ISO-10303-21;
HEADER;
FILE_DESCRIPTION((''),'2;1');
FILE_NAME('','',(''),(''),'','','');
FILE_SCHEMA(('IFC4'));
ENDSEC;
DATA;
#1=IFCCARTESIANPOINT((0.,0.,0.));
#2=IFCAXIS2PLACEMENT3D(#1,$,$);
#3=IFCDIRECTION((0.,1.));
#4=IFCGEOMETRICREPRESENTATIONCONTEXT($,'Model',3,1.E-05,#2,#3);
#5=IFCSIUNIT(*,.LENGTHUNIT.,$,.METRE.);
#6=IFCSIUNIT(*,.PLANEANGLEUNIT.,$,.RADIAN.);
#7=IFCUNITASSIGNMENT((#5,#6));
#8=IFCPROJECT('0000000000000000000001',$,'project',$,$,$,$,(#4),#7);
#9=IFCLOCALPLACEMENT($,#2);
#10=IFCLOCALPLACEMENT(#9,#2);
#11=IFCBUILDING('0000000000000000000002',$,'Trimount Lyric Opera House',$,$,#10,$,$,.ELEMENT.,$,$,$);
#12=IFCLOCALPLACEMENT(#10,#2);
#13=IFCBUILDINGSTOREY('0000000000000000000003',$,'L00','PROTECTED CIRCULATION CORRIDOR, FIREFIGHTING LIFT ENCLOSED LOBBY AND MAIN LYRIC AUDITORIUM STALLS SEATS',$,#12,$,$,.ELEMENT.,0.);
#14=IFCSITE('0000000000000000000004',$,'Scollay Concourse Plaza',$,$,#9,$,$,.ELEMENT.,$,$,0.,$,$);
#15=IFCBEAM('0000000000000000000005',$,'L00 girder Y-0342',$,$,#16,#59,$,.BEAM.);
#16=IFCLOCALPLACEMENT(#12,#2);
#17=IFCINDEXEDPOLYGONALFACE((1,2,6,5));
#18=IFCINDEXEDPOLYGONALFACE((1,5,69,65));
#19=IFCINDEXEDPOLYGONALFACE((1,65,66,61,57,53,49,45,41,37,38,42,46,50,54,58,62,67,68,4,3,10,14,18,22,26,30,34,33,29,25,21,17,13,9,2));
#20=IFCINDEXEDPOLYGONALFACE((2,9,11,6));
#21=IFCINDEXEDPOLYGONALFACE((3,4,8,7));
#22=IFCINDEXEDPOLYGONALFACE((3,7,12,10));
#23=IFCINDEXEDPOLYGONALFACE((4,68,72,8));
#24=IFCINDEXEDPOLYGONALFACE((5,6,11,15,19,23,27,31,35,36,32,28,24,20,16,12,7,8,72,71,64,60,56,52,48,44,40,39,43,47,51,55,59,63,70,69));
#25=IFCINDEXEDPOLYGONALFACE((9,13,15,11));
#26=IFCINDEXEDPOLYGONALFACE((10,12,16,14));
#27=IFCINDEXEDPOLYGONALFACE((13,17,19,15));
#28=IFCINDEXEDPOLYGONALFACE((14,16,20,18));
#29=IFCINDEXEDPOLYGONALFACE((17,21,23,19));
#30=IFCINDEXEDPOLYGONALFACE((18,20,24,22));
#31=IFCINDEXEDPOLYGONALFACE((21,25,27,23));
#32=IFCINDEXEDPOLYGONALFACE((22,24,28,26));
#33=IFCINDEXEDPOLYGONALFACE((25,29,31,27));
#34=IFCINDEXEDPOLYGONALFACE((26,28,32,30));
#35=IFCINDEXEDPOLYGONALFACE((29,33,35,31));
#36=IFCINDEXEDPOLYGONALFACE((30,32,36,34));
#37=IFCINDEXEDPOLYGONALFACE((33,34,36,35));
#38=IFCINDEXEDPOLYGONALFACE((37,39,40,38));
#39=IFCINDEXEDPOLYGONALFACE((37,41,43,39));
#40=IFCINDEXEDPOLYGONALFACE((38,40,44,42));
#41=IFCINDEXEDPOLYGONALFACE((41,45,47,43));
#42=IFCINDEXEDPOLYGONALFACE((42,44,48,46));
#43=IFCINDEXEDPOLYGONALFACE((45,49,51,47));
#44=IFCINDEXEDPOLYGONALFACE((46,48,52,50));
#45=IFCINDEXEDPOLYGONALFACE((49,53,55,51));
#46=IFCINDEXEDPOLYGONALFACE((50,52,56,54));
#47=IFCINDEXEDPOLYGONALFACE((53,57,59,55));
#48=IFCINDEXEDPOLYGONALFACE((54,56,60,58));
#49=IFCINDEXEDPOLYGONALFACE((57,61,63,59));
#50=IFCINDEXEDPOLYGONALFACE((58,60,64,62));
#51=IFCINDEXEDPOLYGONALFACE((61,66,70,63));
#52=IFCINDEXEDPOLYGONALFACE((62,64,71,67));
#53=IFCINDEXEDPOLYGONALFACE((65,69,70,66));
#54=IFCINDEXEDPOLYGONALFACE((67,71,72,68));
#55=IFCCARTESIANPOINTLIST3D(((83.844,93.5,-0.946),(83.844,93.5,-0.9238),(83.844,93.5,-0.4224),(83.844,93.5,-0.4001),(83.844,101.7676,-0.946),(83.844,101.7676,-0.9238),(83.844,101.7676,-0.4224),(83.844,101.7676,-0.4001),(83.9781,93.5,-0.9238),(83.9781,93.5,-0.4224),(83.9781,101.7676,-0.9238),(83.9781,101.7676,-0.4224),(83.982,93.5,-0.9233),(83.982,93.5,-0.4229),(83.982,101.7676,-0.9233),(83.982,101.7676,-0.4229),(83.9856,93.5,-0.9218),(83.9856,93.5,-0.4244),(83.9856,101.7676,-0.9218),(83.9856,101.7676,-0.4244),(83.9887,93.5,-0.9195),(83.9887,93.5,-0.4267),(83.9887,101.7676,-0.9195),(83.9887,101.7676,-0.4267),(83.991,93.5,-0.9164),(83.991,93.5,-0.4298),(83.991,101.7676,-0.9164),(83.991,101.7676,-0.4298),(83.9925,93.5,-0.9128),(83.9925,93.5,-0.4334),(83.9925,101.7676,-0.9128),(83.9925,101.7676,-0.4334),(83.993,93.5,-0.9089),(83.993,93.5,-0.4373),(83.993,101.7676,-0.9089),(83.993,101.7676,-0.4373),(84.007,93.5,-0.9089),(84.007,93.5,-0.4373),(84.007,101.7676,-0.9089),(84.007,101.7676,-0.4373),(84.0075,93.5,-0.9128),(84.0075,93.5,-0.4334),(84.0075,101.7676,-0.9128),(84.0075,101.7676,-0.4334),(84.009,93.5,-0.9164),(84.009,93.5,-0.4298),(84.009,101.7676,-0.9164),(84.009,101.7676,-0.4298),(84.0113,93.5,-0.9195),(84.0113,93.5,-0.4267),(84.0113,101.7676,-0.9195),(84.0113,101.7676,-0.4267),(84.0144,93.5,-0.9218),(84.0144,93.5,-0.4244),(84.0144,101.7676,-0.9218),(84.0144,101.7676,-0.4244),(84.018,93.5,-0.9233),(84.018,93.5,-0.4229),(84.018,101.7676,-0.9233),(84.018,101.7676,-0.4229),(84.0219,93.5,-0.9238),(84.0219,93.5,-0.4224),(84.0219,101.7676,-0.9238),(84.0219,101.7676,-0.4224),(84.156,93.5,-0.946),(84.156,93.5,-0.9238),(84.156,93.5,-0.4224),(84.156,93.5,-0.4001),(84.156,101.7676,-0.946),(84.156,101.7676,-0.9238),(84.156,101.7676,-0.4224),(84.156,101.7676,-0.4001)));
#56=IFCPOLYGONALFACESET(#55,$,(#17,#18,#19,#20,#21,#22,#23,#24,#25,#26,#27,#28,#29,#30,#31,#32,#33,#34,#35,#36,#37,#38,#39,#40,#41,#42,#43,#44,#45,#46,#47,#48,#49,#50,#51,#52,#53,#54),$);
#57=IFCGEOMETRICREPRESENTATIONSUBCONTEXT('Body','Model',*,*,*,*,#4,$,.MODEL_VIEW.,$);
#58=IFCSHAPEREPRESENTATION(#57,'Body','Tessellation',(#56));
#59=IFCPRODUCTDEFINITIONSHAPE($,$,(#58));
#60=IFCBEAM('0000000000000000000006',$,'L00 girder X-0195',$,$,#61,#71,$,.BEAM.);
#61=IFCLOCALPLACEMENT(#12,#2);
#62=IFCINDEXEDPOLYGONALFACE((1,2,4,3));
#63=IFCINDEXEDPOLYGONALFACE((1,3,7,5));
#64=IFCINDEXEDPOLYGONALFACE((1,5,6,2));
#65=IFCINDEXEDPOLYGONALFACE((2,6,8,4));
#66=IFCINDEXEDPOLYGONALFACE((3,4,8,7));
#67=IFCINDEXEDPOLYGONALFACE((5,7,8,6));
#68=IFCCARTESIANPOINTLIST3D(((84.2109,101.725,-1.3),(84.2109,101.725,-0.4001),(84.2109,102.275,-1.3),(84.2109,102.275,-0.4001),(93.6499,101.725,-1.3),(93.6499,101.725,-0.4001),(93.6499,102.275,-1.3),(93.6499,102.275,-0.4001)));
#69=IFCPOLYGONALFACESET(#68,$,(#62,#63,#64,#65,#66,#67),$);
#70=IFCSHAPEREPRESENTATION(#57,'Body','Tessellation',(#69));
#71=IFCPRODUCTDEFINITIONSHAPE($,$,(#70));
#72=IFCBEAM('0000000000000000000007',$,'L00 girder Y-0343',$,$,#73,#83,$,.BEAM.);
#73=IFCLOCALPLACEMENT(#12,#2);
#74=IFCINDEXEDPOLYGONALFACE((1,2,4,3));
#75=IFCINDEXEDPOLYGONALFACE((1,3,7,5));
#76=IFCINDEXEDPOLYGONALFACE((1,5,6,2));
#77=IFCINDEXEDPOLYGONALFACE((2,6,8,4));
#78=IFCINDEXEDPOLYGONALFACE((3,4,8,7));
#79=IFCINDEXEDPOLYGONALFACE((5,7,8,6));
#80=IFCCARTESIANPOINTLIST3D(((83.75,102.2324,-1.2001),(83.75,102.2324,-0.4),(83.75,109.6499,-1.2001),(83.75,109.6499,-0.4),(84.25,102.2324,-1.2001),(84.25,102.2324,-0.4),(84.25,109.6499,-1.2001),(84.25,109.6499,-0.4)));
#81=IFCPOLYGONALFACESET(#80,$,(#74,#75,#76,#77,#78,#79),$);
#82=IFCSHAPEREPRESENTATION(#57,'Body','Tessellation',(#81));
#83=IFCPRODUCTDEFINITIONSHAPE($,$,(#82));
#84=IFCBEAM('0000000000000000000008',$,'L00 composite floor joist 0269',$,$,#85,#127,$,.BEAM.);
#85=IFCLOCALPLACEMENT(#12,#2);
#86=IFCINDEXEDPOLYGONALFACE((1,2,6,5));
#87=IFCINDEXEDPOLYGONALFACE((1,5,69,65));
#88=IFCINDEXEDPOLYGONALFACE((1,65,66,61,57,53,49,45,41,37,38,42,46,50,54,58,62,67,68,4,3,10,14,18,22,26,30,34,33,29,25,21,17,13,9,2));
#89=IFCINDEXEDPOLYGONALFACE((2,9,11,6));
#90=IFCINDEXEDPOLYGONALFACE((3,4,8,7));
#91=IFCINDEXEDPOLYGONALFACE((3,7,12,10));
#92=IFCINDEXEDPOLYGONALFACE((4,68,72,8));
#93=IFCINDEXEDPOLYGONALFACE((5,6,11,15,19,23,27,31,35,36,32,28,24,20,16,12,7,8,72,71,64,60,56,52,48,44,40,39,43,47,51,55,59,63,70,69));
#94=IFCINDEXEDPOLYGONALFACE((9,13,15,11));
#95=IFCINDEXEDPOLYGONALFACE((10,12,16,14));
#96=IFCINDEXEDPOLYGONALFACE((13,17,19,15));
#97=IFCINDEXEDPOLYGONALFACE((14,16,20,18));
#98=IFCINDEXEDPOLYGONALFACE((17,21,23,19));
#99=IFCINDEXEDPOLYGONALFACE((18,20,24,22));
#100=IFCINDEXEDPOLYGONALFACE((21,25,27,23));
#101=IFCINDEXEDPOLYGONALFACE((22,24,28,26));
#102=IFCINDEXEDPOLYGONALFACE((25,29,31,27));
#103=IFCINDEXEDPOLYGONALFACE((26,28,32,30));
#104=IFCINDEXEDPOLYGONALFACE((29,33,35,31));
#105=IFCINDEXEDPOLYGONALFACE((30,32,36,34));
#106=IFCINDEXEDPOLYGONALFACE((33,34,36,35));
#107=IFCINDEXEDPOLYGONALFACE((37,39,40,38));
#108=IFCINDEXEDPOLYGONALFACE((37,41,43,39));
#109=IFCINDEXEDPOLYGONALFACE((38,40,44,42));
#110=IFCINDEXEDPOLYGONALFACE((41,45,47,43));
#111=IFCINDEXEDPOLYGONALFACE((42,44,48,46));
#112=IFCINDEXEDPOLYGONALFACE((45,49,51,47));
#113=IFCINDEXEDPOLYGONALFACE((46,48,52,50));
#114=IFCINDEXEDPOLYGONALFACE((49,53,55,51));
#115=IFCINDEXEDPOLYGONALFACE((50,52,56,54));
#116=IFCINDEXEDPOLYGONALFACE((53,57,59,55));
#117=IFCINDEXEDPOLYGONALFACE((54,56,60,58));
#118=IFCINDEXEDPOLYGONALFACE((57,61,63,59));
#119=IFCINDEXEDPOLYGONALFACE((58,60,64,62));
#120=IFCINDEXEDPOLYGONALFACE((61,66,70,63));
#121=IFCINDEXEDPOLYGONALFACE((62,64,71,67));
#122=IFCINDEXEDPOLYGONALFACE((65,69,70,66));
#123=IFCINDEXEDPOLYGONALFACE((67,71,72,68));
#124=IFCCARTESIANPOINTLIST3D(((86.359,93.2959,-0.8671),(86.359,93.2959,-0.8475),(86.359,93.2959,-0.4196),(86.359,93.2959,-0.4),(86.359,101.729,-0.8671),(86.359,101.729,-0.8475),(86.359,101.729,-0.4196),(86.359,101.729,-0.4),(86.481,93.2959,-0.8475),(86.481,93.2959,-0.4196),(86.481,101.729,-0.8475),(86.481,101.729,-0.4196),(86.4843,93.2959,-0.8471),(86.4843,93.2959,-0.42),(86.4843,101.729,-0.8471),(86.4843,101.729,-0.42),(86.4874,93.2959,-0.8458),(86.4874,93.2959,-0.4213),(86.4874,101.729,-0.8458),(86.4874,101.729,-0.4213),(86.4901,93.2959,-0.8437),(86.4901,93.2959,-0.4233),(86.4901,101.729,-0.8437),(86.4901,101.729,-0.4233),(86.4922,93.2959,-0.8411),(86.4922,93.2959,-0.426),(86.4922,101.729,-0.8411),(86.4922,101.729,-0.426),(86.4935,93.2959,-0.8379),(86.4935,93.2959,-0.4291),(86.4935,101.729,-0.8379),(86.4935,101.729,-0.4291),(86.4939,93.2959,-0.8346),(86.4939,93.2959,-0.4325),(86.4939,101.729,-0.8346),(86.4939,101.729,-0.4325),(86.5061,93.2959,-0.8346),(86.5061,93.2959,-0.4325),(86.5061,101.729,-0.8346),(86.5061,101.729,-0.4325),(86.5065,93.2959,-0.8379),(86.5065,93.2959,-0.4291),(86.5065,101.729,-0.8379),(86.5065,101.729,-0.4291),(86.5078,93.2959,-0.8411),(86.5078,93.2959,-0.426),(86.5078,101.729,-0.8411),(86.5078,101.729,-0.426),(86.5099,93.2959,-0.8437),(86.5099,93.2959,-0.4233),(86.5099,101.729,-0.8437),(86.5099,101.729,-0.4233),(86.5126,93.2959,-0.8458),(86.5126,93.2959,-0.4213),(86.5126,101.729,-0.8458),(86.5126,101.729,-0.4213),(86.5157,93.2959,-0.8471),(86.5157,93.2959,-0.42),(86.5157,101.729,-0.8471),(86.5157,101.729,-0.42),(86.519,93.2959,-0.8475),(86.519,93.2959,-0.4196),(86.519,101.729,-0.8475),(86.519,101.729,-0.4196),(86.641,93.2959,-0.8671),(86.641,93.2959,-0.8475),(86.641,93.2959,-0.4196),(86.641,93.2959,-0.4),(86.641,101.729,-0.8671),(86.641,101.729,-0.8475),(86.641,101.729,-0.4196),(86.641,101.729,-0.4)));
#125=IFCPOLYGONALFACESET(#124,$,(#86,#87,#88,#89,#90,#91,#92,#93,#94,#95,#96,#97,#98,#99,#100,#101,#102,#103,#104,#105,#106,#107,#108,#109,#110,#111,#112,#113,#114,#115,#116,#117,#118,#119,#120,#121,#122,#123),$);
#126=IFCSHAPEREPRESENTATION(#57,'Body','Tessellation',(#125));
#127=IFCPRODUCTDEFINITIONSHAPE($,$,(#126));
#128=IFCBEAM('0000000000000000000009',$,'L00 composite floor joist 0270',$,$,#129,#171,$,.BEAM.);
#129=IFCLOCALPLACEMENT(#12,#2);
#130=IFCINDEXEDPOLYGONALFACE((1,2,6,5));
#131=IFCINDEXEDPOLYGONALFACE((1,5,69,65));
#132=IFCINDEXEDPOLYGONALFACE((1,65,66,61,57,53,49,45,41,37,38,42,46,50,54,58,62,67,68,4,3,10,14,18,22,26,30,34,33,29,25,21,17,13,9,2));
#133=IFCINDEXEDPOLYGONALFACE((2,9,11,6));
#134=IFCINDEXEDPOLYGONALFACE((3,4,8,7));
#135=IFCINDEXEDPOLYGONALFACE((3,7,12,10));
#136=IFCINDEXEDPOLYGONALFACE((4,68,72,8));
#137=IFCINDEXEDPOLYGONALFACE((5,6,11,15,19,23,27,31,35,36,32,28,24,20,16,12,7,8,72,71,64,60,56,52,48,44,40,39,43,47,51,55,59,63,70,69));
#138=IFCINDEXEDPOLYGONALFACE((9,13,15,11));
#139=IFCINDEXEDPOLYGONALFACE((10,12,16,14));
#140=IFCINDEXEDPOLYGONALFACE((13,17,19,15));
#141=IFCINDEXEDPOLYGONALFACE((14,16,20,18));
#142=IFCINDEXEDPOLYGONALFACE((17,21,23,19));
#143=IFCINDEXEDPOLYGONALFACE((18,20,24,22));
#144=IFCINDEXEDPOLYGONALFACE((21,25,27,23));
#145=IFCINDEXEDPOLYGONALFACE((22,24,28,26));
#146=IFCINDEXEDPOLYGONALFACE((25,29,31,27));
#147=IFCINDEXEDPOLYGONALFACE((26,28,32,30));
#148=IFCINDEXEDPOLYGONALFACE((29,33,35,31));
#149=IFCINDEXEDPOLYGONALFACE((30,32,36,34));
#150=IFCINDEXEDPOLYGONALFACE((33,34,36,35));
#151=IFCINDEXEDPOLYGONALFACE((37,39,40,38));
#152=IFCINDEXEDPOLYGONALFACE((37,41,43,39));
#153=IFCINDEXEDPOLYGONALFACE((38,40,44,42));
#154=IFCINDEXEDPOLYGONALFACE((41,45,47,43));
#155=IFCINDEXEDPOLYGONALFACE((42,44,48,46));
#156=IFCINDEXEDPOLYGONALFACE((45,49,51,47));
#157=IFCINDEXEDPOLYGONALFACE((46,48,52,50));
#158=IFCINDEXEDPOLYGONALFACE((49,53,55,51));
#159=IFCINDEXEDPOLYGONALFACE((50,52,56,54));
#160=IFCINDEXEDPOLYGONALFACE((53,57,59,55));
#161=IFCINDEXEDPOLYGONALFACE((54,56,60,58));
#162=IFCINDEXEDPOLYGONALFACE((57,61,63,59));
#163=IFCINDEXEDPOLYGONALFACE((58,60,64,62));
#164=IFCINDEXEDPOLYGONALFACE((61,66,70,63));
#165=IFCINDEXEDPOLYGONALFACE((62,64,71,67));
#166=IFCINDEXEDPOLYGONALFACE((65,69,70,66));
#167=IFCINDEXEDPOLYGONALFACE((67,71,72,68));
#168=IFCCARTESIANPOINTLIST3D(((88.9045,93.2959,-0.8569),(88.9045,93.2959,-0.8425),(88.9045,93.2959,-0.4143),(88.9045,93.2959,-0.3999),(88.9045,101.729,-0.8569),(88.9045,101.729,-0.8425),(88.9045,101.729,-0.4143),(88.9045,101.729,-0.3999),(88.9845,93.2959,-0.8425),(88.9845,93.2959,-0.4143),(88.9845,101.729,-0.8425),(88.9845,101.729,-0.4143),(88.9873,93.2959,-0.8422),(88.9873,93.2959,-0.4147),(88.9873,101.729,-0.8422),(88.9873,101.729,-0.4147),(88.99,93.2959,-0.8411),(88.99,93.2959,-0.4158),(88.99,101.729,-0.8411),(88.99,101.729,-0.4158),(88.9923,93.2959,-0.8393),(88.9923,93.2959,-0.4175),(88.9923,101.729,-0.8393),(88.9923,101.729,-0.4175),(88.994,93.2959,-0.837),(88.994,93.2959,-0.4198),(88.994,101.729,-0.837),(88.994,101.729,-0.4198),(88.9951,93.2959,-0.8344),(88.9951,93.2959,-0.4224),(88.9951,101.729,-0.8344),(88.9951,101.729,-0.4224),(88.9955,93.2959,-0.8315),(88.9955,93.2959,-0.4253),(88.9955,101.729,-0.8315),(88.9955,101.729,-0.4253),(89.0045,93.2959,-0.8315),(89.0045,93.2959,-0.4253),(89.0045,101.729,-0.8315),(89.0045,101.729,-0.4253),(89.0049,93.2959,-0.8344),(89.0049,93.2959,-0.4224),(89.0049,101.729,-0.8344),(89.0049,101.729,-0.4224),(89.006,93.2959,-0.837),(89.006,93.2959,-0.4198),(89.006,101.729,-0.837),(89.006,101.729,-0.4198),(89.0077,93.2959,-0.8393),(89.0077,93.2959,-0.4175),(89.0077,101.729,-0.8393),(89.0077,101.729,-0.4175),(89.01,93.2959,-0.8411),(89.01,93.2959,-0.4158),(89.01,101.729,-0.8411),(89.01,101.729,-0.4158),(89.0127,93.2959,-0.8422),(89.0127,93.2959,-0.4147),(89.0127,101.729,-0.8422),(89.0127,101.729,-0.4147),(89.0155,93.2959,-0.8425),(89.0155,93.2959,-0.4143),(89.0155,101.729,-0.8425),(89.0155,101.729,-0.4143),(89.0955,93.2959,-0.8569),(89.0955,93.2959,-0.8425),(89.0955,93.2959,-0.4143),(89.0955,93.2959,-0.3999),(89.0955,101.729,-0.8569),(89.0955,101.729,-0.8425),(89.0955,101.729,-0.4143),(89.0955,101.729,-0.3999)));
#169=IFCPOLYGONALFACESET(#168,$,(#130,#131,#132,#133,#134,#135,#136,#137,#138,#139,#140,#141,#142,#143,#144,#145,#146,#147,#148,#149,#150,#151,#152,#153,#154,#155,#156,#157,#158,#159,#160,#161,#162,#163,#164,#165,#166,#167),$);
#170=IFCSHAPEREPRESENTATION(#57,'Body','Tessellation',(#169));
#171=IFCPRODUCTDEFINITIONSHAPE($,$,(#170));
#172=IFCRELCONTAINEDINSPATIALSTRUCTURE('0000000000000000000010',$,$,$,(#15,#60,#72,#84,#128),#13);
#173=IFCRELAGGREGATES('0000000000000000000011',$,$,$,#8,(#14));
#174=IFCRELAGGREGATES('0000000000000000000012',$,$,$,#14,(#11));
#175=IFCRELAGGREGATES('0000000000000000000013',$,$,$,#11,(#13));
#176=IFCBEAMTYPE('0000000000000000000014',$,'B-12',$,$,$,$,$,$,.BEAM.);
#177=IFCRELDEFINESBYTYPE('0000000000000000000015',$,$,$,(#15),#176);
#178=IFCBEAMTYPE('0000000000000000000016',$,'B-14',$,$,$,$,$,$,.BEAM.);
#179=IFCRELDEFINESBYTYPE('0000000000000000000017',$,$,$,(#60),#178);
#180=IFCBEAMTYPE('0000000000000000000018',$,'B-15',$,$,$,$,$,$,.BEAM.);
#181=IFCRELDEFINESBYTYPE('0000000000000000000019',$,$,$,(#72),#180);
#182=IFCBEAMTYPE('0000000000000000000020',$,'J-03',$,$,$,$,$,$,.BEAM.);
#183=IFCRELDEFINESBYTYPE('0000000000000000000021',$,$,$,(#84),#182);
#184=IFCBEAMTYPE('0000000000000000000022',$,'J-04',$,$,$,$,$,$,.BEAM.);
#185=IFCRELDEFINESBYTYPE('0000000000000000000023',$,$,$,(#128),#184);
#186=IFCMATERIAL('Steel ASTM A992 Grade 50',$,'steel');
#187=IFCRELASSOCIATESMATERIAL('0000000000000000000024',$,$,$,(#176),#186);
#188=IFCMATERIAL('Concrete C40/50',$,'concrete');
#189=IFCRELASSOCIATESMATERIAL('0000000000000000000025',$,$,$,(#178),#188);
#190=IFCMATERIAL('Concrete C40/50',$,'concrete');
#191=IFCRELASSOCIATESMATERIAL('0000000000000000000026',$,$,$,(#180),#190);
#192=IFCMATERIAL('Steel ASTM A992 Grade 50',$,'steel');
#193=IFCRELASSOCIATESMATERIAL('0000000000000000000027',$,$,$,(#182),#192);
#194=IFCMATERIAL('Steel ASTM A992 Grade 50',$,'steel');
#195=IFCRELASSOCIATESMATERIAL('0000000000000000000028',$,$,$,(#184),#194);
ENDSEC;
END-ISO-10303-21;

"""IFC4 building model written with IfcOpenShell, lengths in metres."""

from ifc_helpers import new_model, si_unit, direction, frame, origin, origin_2d, place, context, subcontext, project, spatial, rectangle, i_section, extrude, material, material_profile, profile_set, type_object, element, save


model = new_model("IFC4")

# Units and contexts
model_context = context("Model", 3, precision=1e-05, world=origin(), true_north=direction((0.0, 1.0)))
body_context = subcontext(model_context, "Body", "Model", "MODEL_VIEW")
ifc_project = project(units=[si_unit("LENGTHUNIT", "METRE"), si_unit("PLANEANGLEUNIT", "RADIAN")], contexts=[model_context])

# Site, building, storey
site_placement = place(None, origin())
site = spatial("IfcSite", under=ifc_project, at=site_placement, Name="Scollay Concourse Plaza", CompositionType="ELEMENT", RefElevation=0.0)
building_placement = place(site_placement, origin())
building = spatial("IfcBuilding", under=site, at=building_placement, Name="Trimount Lyric Opera House", CompositionType="ELEMENT")
storey_placement = place(building_placement, origin())
storey = spatial("IfcBuildingStorey", under=building, at=storey_placement, Name="L00", Description="PROTECTED CIRCULATION CORRIDOR, FIREFIGHTING LIFT ENCLOSED LOBBY AND MAIN LYRIC AUDITORIUM STALLS SEATS", CompositionType="ELEMENT", Elevation=0.0)

# Beams
ifc_material_1 = material(Name="Steel ASTM A992 Grade 50", Category="steel")
ifc_material_profile_1 = material_profile(ifc_material_1, i_section(OverallWidth=0.312, OverallDepth=0.5459, WebThickness=0.0139, FlangeThickness=0.0222, FilletRadius=0.0149, at=origin_2d()), Name="W21X111")
ifc_profile_set_1 = profile_set([ifc_material_profile_1], Name="Steel ASTM A992 Grade 50")
beam_type_1 = type_object("IfcBeamType", Name="B-12", PredefinedType="BEAM", material=ifc_profile_set_1)
beam_1_placement = place(storey_placement, frame((84.0, 93.5, -0.6731), z_axis=(0.0, 1.0, 0.0), x_axis=(-1.0, 0.0, 0.0)))
element("IfcBeam", 1, at=beam_1_placement, inside=storey, type_object=beam_type_1, Name="L00 girder Y-0342", PredefinedType="BEAM", context=body_context, shape_type="SweptSolid", body=[
    extrude(i_section(OverallWidth=0.312, OverallDepth=0.5459, WebThickness=0.0139, FlangeThickness=0.0222, FilletRadius=0.0149, at=origin_2d()), origin(), (0.0, 0.0, 1.0), 8.2676),
])
ifc_material_2 = material(Name="Concrete C40/50", Category="concrete")
ifc_material_profile_2 = material_profile(ifc_material_2, rectangle(XDim=0.55, YDim=0.8999, at=origin_2d()), Name="RC550X900")
ifc_profile_set_2 = profile_set([ifc_material_profile_2], Name="Concrete C40/50")
beam_type_2 = type_object("IfcBeamType", Name="B-14", PredefinedType="BEAM", material=ifc_profile_set_2)
beam_2_placement = place(storey_placement, frame((84.2109, 102.0, -0.8501), z_axis=(1.0, 0.0, 0.0), x_axis=(0.0, 1.0, 0.0)))
element("IfcBeam", 2, at=beam_2_placement, inside=storey, type_object=beam_type_2, Name="L00 girder X-0195", PredefinedType="BEAM", context=body_context, shape_type="SweptSolid", body=[
    extrude(rectangle(XDim=0.55, YDim=0.8999, at=origin_2d()), origin(), (0.0, 0.0, 1.0), 9.439),
])
ifc_material_3 = material(Name="Concrete C40/50", Category="concrete")
ifc_material_profile_3 = material_profile(ifc_material_3, rectangle(XDim=0.5, YDim=0.8, at=origin_2d()), Name="RC500X800")
ifc_profile_set_3 = profile_set([ifc_material_profile_3], Name="Concrete C40/50")
beam_type_3 = type_object("IfcBeamType", Name="B-15", PredefinedType="BEAM", material=ifc_profile_set_3)
beam_3_placement = place(storey_placement, frame((84.0, 102.2324, -0.8), z_axis=(0.0, 1.0, 0.0), x_axis=(-1.0, 0.0, 0.0)))
element("IfcBeam", 3, at=beam_3_placement, inside=storey, type_object=beam_type_3, Name="L00 girder Y-0343", PredefinedType="BEAM", context=body_context, shape_type="SweptSolid", body=[
    extrude(rectangle(XDim=0.5, YDim=0.8, at=origin_2d()), origin(), (0.0, 0.0, 1.0), 7.4175),
])
ifc_material_4 = material(Name="Steel ASTM A992 Grade 50", Category="steel")
ifc_material_profile_4 = material_profile(ifc_material_4, i_section(OverallWidth=0.282, OverallDepth=0.467, WebThickness=0.0122, FlangeThickness=0.0195, FilletRadius=0.0129, at=origin_2d()), Name="W18X86")
ifc_profile_set_4 = profile_set([ifc_material_profile_4], Name="Steel ASTM A992 Grade 50")
beam_type_4 = type_object("IfcBeamType", Name="J-03", PredefinedType="BEAM", material=ifc_profile_set_4)
beam_4_placement = place(storey_placement, frame((86.5, 93.2959, -0.6335), z_axis=(0.0, 1.0, 0.0), x_axis=(-1.0, 0.0, 0.0)))
element("IfcBeam", 4, at=beam_4_placement, inside=storey, type_object=beam_type_4, Name="L00 composite floor joist 0269", PredefinedType="BEAM", context=body_context, shape_type="SweptSolid", body=[
    extrude(i_section(OverallWidth=0.282, OverallDepth=0.467, WebThickness=0.0122, FlangeThickness=0.0195, FilletRadius=0.0129, at=origin_2d()), origin(), (0.0, 0.0, 1.0), 8.4331),
])
ifc_material_5 = material(Name="Steel ASTM A992 Grade 50", Category="steel")
ifc_material_profile_5 = material_profile(ifc_material_5, i_section(OverallWidth=0.1909, OverallDepth=0.457, WebThickness=0.009, FlangeThickness=0.0144, FilletRadius=0.011, at=origin_2d()), Name="W18X50")
ifc_profile_set_5 = profile_set([ifc_material_profile_5], Name="Steel ASTM A992 Grade 50")
beam_type_5 = type_object("IfcBeamType", Name="J-04", PredefinedType="BEAM", material=ifc_profile_set_5)
beam_5_placement = place(storey_placement, frame((89.0, 93.2959, -0.6284), z_axis=(0.0, 1.0, 0.0), x_axis=(-1.0, 0.0, 0.0)))
element("IfcBeam", 5, at=beam_5_placement, inside=storey, type_object=beam_type_5, Name="L00 composite floor joist 0270", PredefinedType="BEAM", context=body_context, shape_type="SweptSolid", body=[
    extrude(i_section(OverallWidth=0.1909, OverallDepth=0.457, WebThickness=0.009, FlangeThickness=0.0144, FilletRadius=0.011, at=origin_2d()), origin(), (0.0, 0.0, 1.0), 8.4331),
])

save(model, "model.ifc")
